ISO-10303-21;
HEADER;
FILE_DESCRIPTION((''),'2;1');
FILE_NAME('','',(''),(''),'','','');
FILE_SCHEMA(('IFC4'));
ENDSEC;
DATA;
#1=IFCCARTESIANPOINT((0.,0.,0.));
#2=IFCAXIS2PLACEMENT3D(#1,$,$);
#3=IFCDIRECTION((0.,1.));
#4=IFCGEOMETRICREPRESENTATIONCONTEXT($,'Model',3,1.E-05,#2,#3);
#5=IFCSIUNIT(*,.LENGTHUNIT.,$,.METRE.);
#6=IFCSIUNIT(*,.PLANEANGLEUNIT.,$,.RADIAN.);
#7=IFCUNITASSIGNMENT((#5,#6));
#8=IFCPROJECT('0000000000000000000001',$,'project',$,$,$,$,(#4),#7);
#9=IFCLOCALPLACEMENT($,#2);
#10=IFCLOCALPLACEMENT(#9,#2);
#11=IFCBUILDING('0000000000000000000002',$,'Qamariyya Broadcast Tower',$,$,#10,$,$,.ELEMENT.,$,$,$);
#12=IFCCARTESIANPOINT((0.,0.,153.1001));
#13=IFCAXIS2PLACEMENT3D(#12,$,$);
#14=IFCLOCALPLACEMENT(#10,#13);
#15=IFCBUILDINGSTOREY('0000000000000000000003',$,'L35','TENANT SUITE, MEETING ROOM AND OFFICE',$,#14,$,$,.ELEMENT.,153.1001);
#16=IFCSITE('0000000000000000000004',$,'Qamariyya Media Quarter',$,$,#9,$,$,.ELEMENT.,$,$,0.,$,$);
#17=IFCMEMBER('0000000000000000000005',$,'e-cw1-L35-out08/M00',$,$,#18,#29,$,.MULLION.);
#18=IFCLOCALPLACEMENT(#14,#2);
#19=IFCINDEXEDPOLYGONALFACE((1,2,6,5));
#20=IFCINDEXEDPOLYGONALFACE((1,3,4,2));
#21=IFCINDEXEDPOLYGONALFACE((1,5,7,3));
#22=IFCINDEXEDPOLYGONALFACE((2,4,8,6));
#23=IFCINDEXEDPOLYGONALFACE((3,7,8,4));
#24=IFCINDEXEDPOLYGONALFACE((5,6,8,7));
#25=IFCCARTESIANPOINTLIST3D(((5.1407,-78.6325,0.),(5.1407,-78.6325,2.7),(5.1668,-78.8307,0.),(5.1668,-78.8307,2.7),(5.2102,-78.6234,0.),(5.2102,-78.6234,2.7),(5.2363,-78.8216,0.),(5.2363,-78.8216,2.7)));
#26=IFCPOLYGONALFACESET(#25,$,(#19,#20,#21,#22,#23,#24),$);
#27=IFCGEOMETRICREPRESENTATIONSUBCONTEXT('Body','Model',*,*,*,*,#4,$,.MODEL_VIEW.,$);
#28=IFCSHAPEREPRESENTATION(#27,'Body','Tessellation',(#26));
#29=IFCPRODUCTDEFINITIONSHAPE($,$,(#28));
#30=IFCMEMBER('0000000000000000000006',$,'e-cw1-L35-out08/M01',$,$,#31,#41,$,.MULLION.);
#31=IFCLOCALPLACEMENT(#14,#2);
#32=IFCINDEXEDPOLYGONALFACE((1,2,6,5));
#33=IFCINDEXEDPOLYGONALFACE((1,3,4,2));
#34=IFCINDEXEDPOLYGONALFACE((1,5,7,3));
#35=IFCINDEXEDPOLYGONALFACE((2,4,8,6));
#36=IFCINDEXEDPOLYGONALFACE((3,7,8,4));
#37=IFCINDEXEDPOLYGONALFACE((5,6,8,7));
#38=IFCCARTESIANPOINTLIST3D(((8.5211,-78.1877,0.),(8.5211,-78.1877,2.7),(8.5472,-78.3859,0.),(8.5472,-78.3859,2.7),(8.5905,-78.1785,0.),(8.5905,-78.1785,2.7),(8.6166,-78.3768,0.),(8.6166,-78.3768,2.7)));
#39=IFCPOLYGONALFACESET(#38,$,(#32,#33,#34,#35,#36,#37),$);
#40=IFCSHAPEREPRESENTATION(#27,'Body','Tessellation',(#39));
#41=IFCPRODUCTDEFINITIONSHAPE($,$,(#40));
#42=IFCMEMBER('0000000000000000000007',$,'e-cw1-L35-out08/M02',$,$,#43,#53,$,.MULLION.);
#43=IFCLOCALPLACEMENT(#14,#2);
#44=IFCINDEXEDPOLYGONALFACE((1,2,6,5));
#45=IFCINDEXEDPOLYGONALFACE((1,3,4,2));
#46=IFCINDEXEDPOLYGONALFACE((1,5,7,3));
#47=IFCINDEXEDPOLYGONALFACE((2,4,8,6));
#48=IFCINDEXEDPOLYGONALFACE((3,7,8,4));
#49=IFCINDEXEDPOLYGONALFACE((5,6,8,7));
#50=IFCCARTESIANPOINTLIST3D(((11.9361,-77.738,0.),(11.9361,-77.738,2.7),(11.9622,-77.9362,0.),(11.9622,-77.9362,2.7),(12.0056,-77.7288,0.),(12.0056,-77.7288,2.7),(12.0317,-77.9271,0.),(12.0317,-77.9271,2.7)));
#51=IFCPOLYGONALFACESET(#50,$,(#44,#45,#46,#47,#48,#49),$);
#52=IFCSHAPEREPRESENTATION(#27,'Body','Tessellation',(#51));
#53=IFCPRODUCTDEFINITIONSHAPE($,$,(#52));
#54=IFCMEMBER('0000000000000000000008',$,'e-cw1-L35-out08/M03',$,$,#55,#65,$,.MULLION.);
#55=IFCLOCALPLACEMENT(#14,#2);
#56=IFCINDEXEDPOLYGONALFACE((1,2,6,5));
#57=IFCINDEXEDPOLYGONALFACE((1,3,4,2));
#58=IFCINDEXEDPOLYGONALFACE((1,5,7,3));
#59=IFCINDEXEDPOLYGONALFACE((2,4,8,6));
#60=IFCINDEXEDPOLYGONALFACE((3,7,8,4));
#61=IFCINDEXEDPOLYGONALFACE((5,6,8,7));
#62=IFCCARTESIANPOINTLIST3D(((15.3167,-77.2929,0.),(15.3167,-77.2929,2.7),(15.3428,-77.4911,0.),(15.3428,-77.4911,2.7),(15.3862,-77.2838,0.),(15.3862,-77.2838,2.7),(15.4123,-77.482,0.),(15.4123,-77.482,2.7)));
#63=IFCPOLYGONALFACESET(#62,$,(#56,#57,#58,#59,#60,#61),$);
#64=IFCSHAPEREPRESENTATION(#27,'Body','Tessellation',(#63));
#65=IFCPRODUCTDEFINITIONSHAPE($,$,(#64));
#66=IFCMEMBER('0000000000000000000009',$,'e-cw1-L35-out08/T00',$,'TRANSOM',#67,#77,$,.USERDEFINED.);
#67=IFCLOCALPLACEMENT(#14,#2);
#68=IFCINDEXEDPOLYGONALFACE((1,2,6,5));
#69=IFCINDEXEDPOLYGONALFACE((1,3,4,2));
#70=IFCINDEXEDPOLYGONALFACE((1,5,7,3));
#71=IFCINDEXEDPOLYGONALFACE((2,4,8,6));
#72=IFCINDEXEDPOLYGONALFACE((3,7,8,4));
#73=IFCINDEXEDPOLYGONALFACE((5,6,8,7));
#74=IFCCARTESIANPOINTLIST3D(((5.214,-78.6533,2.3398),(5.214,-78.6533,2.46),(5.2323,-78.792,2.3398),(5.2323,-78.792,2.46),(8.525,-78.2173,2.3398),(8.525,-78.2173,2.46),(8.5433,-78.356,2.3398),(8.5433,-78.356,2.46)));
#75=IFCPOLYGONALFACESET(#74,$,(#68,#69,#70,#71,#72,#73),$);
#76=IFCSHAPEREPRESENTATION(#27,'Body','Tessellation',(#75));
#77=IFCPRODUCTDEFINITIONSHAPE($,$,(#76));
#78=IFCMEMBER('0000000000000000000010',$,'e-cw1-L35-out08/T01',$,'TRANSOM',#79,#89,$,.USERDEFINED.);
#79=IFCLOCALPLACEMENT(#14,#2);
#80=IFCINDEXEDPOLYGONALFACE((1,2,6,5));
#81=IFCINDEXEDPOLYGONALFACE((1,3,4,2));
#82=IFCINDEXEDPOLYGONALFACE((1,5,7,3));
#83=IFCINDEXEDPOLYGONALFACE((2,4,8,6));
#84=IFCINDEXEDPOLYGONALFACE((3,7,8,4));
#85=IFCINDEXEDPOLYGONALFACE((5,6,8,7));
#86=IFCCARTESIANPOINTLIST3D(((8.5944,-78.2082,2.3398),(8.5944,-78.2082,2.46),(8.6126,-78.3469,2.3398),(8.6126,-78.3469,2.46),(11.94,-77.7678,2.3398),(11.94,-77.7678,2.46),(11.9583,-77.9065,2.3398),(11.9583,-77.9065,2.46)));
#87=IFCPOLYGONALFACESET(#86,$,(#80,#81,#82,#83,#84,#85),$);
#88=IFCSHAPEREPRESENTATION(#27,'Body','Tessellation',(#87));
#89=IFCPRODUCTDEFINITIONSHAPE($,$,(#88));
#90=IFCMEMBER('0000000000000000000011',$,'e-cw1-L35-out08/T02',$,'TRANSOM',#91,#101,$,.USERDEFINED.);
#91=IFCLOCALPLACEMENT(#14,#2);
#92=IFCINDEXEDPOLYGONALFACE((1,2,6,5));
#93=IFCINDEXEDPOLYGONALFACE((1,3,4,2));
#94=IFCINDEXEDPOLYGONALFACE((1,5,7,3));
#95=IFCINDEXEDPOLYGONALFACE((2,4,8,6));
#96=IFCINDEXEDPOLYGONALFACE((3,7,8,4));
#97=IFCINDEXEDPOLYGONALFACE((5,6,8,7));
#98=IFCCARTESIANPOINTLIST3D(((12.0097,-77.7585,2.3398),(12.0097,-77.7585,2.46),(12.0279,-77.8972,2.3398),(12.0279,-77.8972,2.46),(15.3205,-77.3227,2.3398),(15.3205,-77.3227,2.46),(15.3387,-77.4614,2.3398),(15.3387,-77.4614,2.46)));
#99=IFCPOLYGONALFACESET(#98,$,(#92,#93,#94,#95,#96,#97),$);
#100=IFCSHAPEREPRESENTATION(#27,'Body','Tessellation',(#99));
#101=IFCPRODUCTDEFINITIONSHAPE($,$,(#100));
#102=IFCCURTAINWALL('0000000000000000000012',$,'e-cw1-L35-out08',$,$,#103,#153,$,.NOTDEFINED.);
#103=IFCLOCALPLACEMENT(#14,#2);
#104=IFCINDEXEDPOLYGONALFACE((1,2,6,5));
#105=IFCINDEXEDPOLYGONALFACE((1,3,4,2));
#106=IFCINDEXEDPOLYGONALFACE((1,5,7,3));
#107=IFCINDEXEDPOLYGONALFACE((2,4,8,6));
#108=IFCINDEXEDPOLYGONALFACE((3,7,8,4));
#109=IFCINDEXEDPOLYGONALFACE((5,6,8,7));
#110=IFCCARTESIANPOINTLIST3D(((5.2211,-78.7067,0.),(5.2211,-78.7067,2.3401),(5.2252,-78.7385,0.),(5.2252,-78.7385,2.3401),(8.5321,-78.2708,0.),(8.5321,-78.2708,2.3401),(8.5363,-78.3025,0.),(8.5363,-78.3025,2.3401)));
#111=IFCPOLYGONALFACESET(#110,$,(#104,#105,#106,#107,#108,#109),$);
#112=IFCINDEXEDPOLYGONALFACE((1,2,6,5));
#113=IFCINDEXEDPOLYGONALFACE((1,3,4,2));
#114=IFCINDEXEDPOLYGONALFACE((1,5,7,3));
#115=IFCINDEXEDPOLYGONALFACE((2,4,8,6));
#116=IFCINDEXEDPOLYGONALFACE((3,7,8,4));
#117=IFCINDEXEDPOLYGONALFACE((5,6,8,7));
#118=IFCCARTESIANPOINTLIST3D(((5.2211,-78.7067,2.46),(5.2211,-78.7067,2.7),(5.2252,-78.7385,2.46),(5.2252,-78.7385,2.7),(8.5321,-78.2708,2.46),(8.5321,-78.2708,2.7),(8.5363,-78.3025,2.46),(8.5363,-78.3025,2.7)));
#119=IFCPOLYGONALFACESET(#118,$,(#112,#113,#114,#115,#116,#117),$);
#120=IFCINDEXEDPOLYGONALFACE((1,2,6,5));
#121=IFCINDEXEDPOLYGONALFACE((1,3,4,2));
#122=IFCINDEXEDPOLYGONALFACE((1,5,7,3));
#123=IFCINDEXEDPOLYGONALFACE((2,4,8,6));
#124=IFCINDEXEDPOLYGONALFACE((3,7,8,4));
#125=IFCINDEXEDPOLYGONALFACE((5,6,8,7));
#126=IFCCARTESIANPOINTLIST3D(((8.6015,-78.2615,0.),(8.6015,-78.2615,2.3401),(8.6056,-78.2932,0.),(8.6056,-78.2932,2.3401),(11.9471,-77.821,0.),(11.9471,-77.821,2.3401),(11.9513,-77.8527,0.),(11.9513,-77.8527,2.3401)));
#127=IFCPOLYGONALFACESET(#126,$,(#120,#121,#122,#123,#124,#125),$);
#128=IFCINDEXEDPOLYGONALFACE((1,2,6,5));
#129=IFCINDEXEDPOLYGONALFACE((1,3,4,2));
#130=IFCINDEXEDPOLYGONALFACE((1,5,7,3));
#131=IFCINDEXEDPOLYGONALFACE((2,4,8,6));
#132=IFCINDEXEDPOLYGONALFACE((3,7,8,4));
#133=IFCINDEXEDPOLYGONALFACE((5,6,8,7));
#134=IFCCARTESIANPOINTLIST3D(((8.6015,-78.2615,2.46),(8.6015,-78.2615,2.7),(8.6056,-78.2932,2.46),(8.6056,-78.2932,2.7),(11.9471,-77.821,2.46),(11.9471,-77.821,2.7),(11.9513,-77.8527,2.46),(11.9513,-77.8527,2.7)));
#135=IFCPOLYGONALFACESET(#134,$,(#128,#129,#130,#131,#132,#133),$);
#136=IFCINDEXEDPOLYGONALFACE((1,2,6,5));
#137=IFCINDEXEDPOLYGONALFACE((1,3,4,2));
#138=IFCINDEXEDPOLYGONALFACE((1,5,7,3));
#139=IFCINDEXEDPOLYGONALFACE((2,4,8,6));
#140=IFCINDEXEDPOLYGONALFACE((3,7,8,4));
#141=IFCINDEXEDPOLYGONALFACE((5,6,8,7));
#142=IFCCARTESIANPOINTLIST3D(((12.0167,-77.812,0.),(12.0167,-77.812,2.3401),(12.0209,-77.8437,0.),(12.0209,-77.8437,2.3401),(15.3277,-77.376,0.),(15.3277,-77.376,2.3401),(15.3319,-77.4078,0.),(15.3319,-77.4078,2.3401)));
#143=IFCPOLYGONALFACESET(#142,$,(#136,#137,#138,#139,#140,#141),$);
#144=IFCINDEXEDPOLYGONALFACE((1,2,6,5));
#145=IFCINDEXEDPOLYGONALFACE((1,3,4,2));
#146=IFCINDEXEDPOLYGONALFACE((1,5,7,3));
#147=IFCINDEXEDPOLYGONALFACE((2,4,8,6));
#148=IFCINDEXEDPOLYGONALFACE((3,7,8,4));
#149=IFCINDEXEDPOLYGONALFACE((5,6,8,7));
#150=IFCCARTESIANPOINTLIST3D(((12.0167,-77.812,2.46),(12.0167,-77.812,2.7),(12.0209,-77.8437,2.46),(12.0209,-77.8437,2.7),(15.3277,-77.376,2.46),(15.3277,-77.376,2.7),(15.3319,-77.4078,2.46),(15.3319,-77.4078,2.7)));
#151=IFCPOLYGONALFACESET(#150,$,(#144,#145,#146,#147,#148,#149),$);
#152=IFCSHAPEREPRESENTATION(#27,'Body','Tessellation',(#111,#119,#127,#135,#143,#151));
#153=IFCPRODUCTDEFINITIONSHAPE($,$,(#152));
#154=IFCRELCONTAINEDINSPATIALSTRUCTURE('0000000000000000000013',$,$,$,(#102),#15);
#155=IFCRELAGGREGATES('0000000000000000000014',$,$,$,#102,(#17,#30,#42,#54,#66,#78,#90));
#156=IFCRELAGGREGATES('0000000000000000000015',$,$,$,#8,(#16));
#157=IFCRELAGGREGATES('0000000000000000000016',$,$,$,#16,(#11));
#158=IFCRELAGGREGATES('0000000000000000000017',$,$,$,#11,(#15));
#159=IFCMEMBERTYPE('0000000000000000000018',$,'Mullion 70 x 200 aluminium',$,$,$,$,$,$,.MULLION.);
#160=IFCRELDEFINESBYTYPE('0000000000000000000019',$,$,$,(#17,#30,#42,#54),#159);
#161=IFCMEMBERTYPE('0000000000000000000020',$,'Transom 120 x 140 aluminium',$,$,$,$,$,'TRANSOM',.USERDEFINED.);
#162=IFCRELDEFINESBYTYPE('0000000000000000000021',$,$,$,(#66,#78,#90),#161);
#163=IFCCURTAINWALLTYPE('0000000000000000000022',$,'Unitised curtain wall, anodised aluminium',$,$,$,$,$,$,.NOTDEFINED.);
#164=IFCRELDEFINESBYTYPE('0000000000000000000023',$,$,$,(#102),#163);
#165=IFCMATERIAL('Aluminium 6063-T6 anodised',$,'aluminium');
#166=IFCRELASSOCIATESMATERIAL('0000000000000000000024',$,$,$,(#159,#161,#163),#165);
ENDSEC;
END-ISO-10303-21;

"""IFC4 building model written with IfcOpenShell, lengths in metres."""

from ifc_helpers import new_model, si_unit, direction, frame, origin, origin_2d, place, context, subcontext, project, spatial, rectangle, extrude, material, material_profile, profile_set, type_object, element, aggregate, save


model = new_model("IFC4")

# Units and contexts
model_context = context("Model", 3, precision=1e-05, world=origin(), true_north=direction((0.0, 1.0)))
body_context = subcontext(model_context, "Body", "Model", "MODEL_VIEW")
ifc_project = project(units=[si_unit("LENGTHUNIT", "METRE"), si_unit("PLANEANGLEUNIT", "RADIAN")], contexts=[model_context])

# Members
ifc_material = material(Name="Aluminium 6063-T6 anodised", Category="aluminium")
ifc_material_profile_1 = material_profile(ifc_material, rectangle(XDim=0.2, YDim=0.0701, at=origin_2d()))
ifc_profile_set_1 = profile_set([ifc_material_profile_1], Name="Aluminium 6063-T6 anodised")
member_type_1 = type_object("IfcMemberType", Name="Mullion 70 x 200 aluminium", PredefinedType="MULLION", material=ifc_profile_set_1)
site_placement = place(None, origin())
building_placement = place(site_placement, origin())
storey_placement = place(building_placement, frame((0.0, 0.0, 153.1001)))
member_1_placement = place(storey_placement, frame((5.1885, -78.7271, 0.0), z_axis=(0.0, 0.0, 1.0), x_axis=(-0.130526, 0.991445, 0.0)))
member_1 = element("IfcMember", 1, at=member_1_placement, type_object=member_type_1, Name="e-cw1-L35-out08/M00", PredefinedType="MULLION", context=body_context, shape_type="SweptSolid", body=[
    extrude(rectangle(XDim=0.2, YDim=0.0701, at=origin_2d()), origin(), (0.0, 0.0, 1.0), 2.7),
])
member_2_placement = place(storey_placement, frame((8.5688, -78.2822, 0.0), z_axis=(0.0, 0.0, 1.0), x_axis=(-0.130526, 0.991445, 0.0)))
member_2 = element("IfcMember", 2, at=member_2_placement, type_object=member_type_1, Name="e-cw1-L35-out08/M01", PredefinedType="MULLION", context=body_context, shape_type="SweptSolid", body=[
    extrude(rectangle(XDim=0.2, YDim=0.0701, at=origin_2d()), origin(), (0.0, 0.0, 1.0), 2.7),
])
member_3_placement = place(storey_placement, frame((11.9839, -77.8325, 0.0), z_axis=(0.0, 0.0, 1.0), x_axis=(-0.130526, 0.991445, 0.0)))
member_3 = element("IfcMember", 3, at=member_3_placement, type_object=member_type_1, Name="e-cw1-L35-out08/M02", PredefinedType="MULLION", context=body_context, shape_type="SweptSolid", body=[
    extrude(rectangle(XDim=0.2, YDim=0.0701, at=origin_2d()), origin(), (0.0, 0.0, 1.0), 2.7),
])
member_4_placement = place(storey_placement, frame((15.3645, -77.3875, 0.0), z_axis=(0.0, 0.0, 1.0), x_axis=(-0.130526, 0.991445, 0.0)))
member_4 = element("IfcMember", 4, at=member_4_placement, type_object=member_type_1, Name="e-cw1-L35-out08/M03", PredefinedType="MULLION", context=body_context, shape_type="SweptSolid", body=[
    extrude(rectangle(XDim=0.2, YDim=0.0701, at=origin_2d()), origin(), (0.0, 0.0, 1.0), 2.7),
])
ifc_material_profile_2 = material_profile(ifc_material, rectangle(XDim=0.1399, YDim=0.1201, at=origin_2d()))
ifc_profile_set_2 = profile_set([ifc_material_profile_2], Name="Aluminium 6063-T6 anodised")
member_type_2 = type_object("IfcMemberType", Name="Transom 120 x 140 aluminium", ElementType="TRANSOM", PredefinedType="USERDEFINED", material=ifc_profile_set_2)
member_5_placement = place(storey_placement, frame((5.2231, -78.7227, 2.3999), z_axis=(0.99144, 0.130564, 0.0), x_axis=(-0.130564, 0.99144, 0.0)))
member_5 = element("IfcMember", 5, at=member_5_placement, type_object=member_type_2, Name="e-cw1-L35-out08/T00", ObjectType="TRANSOM", PredefinedType="USERDEFINED", context=body_context, shape_type="SweptSolid", body=[
    extrude(rectangle(XDim=0.1399, YDim=0.1201, at=origin_2d()), origin(), (0.0, 0.0, 1.0), 3.3396),
])
member_6_placement = place(storey_placement, frame((8.6035, -78.2776, 2.3999), z_axis=(0.991446, 0.130514, 0.0), x_axis=(-0.130514, 0.991446, 0.0)))
member_6 = element("IfcMember", 6, at=member_6_placement, type_object=member_type_2, Name="e-cw1-L35-out08/T01", ObjectType="TRANSOM", PredefinedType="USERDEFINED", context=body_context, shape_type="SweptSolid", body=[
    extrude(rectangle(XDim=0.1399, YDim=0.1201, at=origin_2d()), origin(), (0.0, 0.0, 1.0), 3.3745),
])
member_7_placement = place(storey_placement, frame((12.0188, -77.8279, 2.3999), z_axis=(0.991448, 0.130502, 0.0), x_axis=(-0.130502, 0.991448, 0.0)))
member_7 = element("IfcMember", 7, at=member_7_placement, type_object=member_type_2, Name="e-cw1-L35-out08/T02", ObjectType="TRANSOM", PredefinedType="USERDEFINED", context=body_context, shape_type="SweptSolid", body=[
    extrude(rectangle(XDim=0.1399, YDim=0.1201, at=origin_2d()), origin(), (0.0, 0.0, 1.0), 3.3394),
])

# Site, building, storey
site = spatial("IfcSite", under=ifc_project, at=site_placement, Name="Qamariyya Media Quarter", CompositionType="ELEMENT", RefElevation=0.0)
building = spatial("IfcBuilding", under=site, at=building_placement, Name="Qamariyya Broadcast Tower", CompositionType="ELEMENT")
storey = spatial("IfcBuildingStorey", under=building, at=storey_placement, Name="L35", Description="TENANT SUITE, MEETING ROOM AND OFFICE", CompositionType="ELEMENT", Elevation=153.1001)

# Curtain wall
curtain_wall_type = type_object("IfcCurtainWallType", Name="Unitised curtain wall, anodised aluminium", PredefinedType="NOTDEFINED", material=ifc_material)
curtain_wall_1_placement = place(storey_placement, origin())
curtain_wall_1 = element("IfcCurtainWall", 8, at=curtain_wall_1_placement, inside=storey, type_object=curtain_wall_type, Name="e-cw1-L35-out08", PredefinedType="NOTDEFINED", context=body_context, shape_type="SweptSolid", body=[
    extrude(rectangle(XDim=3.3396, YDim=0.032, at=origin_2d()), frame((6.8787, -78.5046, 0.0), x_axis=(0.991444, 0.130531, 0.0)), (0.0, 0.0, 1.0), 2.3401),
    extrude(rectangle(XDim=3.3396, YDim=0.032, at=origin_2d()), frame((6.8787, -78.5046, 2.46), x_axis=(0.991444, 0.130531, 0.0)), (0.0, 0.0, 1.0), 0.24),
    extrude(rectangle(XDim=3.3745, YDim=0.032, at=origin_2d()), frame((10.2764, -78.0571, 0.0), x_axis=(0.991444, 0.130531, 0.0)), (0.0, 0.0, 1.0), 2.3401),
    extrude(rectangle(XDim=3.3745, YDim=0.032, at=origin_2d()), frame((10.2764, -78.0571, 2.46), x_axis=(0.991444, 0.130531, 0.0)), (0.0, 0.0, 1.0), 0.24),
    extrude(rectangle(XDim=3.3396, YDim=0.032, at=origin_2d()), frame((13.6743, -77.6099, 0.0), x_axis=(0.991444, 0.130531, 0.0)), (0.0, 0.0, 1.0), 2.3401),
    extrude(rectangle(XDim=3.3396, YDim=0.032, at=origin_2d()), frame((13.6743, -77.6099, 2.46), x_axis=(0.991444, 0.130531, 0.0)), (0.0, 0.0, 1.0), 0.24),
])
aggregate(curtain_wall_1, [member_1, member_2, member_3, member_4, member_5, member_6, member_7])

save(model, "model.ifc")
